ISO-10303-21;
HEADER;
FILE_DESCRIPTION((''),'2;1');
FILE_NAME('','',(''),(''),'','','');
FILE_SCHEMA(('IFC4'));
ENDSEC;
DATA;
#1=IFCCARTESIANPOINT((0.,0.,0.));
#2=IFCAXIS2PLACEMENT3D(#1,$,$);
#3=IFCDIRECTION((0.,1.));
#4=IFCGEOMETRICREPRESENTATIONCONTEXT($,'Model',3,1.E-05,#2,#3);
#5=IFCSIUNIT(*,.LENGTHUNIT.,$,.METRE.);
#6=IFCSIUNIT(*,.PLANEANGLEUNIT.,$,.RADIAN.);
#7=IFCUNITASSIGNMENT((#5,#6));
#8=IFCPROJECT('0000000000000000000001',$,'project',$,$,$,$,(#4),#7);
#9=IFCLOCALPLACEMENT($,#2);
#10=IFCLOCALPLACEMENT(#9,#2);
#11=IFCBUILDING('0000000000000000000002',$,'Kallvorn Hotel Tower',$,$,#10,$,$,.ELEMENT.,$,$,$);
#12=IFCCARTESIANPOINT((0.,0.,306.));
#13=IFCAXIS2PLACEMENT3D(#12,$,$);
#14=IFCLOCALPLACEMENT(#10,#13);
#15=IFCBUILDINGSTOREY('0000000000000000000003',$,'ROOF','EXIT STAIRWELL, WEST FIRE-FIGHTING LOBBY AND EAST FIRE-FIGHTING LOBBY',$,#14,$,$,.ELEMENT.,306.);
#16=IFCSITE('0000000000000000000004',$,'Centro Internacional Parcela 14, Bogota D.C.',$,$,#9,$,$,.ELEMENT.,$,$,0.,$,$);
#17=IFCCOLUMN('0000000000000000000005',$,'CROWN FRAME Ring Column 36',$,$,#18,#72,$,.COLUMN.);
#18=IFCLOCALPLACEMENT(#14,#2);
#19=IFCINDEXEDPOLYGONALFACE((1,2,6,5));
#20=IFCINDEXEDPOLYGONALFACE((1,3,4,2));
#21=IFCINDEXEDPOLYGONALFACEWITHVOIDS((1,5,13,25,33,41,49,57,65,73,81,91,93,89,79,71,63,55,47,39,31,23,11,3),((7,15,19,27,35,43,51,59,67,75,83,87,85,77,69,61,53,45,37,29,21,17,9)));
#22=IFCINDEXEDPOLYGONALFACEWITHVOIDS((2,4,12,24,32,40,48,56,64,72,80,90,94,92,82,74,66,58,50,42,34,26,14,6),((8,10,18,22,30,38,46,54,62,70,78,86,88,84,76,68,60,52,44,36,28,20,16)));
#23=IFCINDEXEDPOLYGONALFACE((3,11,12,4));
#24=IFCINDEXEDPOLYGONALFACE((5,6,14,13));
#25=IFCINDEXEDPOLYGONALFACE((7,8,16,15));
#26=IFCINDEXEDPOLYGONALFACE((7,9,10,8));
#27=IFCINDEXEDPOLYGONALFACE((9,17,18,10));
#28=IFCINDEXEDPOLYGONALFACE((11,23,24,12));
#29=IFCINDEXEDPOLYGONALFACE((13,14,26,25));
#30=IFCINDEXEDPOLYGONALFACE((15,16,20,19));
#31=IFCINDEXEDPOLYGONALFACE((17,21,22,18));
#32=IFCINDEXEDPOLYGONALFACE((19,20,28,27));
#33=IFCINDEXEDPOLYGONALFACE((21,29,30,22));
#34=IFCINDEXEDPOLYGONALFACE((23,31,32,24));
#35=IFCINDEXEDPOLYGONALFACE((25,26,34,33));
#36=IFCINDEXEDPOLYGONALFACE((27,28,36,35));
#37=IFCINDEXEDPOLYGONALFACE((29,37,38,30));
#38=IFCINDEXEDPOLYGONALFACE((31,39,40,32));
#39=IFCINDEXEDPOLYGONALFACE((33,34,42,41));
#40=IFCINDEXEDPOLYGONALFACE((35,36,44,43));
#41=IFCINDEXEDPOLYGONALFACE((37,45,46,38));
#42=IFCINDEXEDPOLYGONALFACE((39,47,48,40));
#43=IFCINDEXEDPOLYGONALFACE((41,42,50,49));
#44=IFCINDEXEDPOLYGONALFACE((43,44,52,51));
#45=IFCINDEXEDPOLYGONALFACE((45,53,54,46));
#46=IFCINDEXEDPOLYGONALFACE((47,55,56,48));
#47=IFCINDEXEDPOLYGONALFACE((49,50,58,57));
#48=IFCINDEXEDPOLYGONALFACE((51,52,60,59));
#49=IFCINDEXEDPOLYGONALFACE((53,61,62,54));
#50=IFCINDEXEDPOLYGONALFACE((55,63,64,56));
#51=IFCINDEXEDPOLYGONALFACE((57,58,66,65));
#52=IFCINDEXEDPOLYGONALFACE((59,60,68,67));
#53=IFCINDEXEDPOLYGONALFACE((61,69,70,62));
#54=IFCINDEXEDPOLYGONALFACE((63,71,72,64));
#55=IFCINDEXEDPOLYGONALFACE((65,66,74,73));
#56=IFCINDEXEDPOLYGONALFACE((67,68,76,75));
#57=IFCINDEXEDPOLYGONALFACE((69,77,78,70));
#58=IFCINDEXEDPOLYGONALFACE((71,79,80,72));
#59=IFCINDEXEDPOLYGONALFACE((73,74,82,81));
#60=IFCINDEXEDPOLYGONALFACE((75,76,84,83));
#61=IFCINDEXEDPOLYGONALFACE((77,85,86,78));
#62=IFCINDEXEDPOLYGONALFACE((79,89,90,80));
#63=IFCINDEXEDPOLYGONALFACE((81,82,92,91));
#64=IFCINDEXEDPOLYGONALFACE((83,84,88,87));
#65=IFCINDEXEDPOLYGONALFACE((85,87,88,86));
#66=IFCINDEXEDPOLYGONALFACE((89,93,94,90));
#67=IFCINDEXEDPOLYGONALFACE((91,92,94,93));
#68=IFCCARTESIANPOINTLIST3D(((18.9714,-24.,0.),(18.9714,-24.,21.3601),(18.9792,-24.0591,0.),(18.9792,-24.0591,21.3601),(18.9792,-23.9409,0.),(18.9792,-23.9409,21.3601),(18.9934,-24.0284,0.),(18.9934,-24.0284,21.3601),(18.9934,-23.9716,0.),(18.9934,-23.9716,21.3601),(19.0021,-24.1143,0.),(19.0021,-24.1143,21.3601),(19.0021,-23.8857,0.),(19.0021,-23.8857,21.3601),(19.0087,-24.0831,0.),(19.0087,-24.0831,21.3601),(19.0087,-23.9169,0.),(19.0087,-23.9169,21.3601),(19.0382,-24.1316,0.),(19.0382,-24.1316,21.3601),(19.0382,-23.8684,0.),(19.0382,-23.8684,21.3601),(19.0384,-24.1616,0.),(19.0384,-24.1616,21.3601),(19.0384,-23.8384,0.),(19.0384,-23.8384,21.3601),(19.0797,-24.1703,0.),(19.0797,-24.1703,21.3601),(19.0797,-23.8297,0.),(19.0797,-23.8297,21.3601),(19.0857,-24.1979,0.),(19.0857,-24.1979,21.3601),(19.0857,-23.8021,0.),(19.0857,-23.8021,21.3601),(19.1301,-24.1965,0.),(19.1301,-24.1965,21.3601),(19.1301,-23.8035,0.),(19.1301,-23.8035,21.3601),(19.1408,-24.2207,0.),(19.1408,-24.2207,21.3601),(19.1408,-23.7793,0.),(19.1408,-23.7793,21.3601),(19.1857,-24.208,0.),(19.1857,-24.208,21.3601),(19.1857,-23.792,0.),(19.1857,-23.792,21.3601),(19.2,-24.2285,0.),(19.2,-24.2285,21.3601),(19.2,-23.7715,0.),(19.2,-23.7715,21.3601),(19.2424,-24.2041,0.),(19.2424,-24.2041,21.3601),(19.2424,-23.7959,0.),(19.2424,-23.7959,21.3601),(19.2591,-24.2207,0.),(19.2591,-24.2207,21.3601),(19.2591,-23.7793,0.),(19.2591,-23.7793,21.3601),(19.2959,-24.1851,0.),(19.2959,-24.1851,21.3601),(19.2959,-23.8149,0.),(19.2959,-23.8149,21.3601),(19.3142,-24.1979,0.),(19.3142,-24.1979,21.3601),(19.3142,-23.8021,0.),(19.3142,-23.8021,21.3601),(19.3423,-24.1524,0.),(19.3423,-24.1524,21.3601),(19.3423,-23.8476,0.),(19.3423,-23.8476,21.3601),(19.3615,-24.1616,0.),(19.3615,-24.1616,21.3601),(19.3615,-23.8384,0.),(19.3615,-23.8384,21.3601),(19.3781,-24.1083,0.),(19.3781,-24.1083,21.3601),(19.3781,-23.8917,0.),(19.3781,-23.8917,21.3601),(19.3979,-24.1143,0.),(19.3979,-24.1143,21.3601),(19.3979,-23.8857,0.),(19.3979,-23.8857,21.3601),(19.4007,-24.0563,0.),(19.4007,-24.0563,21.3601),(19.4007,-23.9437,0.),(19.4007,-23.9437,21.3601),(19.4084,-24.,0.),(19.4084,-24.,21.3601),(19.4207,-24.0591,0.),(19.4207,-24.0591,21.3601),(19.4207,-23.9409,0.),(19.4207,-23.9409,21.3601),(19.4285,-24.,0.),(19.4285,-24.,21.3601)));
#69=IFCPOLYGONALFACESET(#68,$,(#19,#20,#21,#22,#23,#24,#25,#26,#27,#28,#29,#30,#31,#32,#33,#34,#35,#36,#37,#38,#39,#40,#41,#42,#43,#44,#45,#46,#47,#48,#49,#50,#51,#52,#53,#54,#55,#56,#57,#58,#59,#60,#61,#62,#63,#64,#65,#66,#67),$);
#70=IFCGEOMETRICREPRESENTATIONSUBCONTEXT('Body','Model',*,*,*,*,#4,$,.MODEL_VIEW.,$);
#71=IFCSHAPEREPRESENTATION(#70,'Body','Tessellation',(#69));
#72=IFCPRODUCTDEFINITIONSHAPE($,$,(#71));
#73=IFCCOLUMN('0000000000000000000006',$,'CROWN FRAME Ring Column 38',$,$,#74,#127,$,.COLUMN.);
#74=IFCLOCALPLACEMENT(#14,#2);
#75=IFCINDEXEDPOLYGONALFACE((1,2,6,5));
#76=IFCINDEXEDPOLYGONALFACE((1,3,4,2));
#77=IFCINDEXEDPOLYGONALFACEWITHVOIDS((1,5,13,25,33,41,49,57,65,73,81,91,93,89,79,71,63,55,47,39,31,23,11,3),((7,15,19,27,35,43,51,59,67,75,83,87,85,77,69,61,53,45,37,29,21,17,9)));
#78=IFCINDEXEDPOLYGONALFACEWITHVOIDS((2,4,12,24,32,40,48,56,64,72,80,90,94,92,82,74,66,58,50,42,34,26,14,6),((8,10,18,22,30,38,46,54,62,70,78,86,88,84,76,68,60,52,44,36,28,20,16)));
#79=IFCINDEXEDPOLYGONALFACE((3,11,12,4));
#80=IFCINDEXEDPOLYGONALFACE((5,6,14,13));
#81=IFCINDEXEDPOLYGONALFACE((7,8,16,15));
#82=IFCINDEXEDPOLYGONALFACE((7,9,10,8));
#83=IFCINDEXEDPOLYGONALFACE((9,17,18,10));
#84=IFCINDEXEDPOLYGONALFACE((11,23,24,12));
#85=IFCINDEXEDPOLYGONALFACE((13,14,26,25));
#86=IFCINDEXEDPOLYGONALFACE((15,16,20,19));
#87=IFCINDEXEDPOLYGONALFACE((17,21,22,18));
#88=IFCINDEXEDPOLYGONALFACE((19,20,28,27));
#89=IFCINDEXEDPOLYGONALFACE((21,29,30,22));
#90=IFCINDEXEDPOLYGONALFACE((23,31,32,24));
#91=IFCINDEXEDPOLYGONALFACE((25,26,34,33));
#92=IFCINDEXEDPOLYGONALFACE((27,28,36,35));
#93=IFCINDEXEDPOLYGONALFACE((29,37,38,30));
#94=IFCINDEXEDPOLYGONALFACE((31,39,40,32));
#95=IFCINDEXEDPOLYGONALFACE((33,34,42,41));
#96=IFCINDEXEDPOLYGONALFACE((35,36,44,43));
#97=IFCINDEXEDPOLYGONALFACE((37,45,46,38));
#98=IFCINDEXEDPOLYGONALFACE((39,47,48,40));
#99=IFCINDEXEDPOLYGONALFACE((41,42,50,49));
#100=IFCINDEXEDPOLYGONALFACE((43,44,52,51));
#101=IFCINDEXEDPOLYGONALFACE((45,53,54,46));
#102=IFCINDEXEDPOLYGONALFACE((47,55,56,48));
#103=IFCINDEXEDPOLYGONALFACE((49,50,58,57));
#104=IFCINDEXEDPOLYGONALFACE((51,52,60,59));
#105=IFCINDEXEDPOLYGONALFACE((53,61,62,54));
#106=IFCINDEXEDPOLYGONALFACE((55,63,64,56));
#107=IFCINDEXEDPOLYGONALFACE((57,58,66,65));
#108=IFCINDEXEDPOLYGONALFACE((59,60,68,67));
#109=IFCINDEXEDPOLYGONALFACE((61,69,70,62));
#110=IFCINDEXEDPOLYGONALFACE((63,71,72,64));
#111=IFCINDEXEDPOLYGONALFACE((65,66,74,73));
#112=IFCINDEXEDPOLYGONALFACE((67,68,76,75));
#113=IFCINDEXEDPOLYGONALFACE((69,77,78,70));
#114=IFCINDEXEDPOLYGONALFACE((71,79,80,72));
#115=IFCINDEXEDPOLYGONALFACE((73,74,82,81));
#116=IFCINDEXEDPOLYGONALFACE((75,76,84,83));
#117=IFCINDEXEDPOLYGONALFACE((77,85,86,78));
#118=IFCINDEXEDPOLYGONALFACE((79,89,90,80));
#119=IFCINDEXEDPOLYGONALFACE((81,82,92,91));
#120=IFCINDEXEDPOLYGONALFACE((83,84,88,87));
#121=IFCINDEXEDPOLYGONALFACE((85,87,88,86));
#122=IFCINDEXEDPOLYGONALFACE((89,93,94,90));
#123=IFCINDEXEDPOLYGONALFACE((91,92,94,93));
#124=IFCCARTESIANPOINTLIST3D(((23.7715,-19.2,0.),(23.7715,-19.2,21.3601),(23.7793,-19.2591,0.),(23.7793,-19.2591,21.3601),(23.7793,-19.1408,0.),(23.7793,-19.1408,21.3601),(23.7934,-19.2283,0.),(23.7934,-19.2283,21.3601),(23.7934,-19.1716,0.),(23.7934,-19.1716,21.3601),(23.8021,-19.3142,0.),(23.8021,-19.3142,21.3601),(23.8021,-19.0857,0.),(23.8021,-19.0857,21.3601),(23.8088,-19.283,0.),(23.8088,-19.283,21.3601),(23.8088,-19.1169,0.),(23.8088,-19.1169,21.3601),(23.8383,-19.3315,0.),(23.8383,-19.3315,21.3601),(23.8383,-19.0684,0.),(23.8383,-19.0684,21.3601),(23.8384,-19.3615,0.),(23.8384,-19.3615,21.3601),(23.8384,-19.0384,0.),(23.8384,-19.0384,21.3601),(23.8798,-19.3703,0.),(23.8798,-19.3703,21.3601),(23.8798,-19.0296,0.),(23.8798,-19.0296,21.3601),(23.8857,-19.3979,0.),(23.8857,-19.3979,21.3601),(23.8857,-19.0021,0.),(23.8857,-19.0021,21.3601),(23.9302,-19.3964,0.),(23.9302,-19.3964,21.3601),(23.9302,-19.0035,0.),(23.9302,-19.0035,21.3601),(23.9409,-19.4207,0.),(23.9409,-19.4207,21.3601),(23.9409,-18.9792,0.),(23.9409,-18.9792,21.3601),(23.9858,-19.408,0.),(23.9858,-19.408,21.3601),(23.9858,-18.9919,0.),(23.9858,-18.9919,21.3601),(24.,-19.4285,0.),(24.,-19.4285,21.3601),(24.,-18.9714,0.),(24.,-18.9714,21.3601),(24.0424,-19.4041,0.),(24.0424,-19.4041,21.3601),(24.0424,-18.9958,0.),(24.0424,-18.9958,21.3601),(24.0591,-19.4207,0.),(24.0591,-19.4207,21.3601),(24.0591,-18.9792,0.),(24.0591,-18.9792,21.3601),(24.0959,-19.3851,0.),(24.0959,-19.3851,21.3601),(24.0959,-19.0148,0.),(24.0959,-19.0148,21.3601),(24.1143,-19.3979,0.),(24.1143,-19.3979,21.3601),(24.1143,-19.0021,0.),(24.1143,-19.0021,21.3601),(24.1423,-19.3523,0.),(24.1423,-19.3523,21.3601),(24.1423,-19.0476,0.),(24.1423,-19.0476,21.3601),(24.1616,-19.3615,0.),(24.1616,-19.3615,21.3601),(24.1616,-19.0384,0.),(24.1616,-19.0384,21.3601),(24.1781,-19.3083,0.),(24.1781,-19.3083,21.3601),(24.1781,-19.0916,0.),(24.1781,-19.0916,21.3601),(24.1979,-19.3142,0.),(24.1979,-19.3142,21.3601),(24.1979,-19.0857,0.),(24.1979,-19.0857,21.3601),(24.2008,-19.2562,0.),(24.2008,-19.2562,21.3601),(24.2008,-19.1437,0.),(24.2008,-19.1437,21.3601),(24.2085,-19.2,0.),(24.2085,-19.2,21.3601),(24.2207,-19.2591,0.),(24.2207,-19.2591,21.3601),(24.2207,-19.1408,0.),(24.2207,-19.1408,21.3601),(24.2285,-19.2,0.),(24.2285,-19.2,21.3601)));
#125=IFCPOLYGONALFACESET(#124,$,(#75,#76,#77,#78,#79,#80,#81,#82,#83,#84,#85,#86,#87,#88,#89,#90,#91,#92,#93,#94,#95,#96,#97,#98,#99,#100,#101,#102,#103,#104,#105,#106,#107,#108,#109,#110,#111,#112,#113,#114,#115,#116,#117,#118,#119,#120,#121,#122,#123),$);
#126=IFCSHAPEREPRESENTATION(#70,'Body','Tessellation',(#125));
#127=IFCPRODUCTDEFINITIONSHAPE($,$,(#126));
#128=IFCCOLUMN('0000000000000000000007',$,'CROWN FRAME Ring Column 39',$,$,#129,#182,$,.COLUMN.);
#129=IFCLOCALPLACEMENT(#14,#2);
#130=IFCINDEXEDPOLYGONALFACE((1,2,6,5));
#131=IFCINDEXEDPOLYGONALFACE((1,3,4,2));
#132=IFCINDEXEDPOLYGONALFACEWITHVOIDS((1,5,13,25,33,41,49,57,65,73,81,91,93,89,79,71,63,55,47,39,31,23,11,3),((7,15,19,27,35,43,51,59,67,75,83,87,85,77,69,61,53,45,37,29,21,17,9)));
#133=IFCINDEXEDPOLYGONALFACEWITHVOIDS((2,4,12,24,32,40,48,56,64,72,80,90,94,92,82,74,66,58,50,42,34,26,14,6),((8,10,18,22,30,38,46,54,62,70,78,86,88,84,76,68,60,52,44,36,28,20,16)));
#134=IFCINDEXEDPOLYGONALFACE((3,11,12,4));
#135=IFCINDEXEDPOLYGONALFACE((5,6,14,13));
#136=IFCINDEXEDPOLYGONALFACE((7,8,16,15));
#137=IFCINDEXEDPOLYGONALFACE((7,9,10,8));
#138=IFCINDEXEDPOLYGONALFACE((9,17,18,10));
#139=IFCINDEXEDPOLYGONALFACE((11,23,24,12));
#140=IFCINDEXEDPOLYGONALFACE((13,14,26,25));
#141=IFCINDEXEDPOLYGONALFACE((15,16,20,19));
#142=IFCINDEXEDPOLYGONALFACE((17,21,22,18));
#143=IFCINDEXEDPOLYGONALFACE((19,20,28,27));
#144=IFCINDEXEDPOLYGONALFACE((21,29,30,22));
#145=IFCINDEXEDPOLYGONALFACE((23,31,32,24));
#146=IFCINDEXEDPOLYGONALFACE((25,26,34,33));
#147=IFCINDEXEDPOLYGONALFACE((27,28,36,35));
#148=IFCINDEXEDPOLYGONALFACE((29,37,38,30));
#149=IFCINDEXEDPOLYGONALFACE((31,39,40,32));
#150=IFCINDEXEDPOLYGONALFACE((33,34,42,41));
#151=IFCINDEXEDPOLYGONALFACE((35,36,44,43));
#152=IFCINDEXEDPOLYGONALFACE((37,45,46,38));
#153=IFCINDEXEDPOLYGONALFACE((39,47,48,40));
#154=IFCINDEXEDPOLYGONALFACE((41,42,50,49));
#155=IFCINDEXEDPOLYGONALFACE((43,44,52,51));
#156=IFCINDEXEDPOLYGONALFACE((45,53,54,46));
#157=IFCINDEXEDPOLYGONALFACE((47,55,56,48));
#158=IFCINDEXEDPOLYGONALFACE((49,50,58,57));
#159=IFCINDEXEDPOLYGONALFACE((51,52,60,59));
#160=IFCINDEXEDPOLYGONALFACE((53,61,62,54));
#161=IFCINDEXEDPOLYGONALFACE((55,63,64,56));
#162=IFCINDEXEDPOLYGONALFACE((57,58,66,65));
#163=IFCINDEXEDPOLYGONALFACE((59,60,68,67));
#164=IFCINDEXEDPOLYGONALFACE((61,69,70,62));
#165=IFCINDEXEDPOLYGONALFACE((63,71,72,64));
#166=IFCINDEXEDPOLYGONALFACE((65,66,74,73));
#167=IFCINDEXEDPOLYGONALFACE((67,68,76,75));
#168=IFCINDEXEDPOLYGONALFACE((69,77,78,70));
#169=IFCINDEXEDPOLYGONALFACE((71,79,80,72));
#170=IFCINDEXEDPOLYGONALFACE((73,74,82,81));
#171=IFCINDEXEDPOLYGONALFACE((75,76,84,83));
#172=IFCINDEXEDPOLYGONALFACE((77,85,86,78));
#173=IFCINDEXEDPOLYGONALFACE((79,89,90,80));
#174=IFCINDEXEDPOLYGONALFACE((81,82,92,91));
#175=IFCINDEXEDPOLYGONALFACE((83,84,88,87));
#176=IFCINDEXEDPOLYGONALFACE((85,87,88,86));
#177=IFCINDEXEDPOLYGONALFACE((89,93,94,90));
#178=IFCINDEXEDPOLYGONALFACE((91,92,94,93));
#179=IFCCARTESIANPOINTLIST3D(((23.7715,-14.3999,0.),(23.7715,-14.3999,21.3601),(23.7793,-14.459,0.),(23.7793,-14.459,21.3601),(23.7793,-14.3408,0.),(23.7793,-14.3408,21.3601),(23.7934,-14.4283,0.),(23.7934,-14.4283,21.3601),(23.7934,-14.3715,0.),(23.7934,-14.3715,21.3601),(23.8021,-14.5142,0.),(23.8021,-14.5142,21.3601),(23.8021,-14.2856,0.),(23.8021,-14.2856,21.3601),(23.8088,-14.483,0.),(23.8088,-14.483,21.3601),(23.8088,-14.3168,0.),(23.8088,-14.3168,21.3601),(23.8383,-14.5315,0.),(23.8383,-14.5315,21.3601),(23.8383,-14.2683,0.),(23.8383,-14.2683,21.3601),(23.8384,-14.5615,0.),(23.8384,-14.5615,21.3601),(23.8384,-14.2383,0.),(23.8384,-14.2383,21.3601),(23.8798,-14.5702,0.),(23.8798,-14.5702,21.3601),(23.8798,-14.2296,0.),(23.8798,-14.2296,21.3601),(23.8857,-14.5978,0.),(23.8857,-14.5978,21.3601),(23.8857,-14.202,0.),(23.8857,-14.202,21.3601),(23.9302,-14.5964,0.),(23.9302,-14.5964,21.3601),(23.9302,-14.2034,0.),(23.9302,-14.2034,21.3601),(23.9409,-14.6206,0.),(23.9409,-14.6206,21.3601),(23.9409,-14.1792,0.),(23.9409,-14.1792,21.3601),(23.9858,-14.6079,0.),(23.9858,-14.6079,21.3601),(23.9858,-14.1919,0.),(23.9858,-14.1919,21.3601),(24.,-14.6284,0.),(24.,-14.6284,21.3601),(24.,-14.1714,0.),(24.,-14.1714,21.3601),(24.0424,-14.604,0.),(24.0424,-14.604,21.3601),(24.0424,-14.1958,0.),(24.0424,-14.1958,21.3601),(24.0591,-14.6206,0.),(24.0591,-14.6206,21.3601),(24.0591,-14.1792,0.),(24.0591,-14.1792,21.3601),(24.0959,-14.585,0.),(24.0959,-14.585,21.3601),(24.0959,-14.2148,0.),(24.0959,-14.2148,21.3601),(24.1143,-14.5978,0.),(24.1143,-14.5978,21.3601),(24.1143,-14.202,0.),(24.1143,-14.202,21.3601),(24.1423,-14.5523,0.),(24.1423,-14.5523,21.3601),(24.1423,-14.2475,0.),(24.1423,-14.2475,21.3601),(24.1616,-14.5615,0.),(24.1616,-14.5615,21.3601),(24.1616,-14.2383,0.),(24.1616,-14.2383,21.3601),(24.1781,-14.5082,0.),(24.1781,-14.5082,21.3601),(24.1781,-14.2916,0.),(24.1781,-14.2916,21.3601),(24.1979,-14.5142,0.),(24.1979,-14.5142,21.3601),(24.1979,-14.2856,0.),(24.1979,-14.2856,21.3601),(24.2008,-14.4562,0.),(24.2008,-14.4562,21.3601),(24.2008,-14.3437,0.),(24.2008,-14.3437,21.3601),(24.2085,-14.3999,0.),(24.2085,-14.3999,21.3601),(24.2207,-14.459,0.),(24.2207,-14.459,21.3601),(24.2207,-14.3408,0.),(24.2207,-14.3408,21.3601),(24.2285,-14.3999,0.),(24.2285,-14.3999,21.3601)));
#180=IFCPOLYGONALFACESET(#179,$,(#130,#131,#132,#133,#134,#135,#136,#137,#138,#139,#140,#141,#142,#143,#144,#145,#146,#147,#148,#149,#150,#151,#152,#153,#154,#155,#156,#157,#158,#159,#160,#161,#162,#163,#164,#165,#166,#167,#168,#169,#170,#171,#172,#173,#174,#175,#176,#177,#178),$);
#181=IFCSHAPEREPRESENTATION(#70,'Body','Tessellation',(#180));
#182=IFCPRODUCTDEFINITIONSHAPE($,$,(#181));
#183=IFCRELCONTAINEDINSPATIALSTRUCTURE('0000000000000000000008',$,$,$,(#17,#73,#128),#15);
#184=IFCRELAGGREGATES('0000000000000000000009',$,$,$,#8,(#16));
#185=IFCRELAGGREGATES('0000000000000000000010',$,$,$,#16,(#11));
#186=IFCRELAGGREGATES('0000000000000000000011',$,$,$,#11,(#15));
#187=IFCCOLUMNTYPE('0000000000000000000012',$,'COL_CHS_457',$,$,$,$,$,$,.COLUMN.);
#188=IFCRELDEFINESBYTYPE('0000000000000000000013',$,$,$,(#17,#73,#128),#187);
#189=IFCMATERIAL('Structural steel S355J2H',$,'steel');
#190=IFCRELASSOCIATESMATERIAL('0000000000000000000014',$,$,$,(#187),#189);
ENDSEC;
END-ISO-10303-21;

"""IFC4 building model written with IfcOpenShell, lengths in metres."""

from ifc_helpers import new_model, si_unit, direction, frame, origin, origin_2d, place, context, subcontext, project, spatial, hollow_circle, extrude, material, material_profile, profile_set, type_object, element, save


model = new_model("IFC4")

# Units and contexts
model_context = context("Model", 3, precision=1e-05, world=origin(), true_north=direction((0.0, 1.0)))
body_context = subcontext(model_context, "Body", "Model", "MODEL_VIEW")
ifc_project = project(units=[si_unit("LENGTHUNIT", "METRE"), si_unit("PLANEANGLEUNIT", "RADIAN")], contexts=[model_context])

# Site, building, storey
site_placement = place(None, origin())
site = spatial("IfcSite", under=ifc_project, at=site_placement, Name="Centro Internacional Parcela 14, Bogota D.C.", CompositionType="ELEMENT", RefElevation=0.0)
building_placement = place(site_placement, origin())
building = spatial("IfcBuilding", under=site, at=building_placement, Name="Kallvorn Hotel Tower", CompositionType="ELEMENT")
storey_placement = place(building_placement, frame((0.0, 0.0, 306.0)))
storey = spatial("IfcBuildingStorey", under=building, at=storey_placement, Name="ROOF", Description="EXIT STAIRWELL, WEST FIRE-FIGHTING LOBBY AND EAST FIRE-FIGHTING LOBBY", CompositionType="ELEMENT", Elevation=306.0)

# Columns
ifc_material_1 = material(Name="Structural steel S355J2H", Category="steel")
ifc_material_profile_1 = material_profile(ifc_material_1, hollow_circle(Radius=0.2285, WallThickness=0.02, at=origin_2d()), Name="CHS 457x20")
ifc_profile_set_1 = profile_set([ifc_material_profile_1], Name="Structural steel S355J2H")
column_type = type_object("IfcColumnType", Name="COL_CHS_457", PredefinedType="COLUMN", material=ifc_profile_set_1)
for number, where, z_axis, x_axis, name in (
    (1, (19.2, -24.0, 0.0), (0.0, 0.0, 1.0), (1.0, 0.0, 0.0), "CROWN FRAME Ring Column 36"),
    (2, (24.0, -19.2, 0.0), (0.0, 0.0, 1.0), (1.0, 0.0, 0.0), "CROWN FRAME Ring Column 38"),
    (3, (24.0, -14.3999, 0.0), (0.0, 0.0, 1.0), (1.0, 0.0, 0.0), "CROWN FRAME Ring Column 39"),
):
    element("IfcColumn", number, at=place(storey_placement, frame(where, z_axis=z_axis, x_axis=x_axis)), inside=storey, type_object=column_type, Name=name, PredefinedType="COLUMN", context=body_context, shape_type="SweptSolid", body=[
        extrude(hollow_circle(Radius=0.2285, WallThickness=0.02, at=origin_2d()), origin(), (0.0, 0.0, 1.0), 21.3601),
    ])

save(model, "model.ifc")
